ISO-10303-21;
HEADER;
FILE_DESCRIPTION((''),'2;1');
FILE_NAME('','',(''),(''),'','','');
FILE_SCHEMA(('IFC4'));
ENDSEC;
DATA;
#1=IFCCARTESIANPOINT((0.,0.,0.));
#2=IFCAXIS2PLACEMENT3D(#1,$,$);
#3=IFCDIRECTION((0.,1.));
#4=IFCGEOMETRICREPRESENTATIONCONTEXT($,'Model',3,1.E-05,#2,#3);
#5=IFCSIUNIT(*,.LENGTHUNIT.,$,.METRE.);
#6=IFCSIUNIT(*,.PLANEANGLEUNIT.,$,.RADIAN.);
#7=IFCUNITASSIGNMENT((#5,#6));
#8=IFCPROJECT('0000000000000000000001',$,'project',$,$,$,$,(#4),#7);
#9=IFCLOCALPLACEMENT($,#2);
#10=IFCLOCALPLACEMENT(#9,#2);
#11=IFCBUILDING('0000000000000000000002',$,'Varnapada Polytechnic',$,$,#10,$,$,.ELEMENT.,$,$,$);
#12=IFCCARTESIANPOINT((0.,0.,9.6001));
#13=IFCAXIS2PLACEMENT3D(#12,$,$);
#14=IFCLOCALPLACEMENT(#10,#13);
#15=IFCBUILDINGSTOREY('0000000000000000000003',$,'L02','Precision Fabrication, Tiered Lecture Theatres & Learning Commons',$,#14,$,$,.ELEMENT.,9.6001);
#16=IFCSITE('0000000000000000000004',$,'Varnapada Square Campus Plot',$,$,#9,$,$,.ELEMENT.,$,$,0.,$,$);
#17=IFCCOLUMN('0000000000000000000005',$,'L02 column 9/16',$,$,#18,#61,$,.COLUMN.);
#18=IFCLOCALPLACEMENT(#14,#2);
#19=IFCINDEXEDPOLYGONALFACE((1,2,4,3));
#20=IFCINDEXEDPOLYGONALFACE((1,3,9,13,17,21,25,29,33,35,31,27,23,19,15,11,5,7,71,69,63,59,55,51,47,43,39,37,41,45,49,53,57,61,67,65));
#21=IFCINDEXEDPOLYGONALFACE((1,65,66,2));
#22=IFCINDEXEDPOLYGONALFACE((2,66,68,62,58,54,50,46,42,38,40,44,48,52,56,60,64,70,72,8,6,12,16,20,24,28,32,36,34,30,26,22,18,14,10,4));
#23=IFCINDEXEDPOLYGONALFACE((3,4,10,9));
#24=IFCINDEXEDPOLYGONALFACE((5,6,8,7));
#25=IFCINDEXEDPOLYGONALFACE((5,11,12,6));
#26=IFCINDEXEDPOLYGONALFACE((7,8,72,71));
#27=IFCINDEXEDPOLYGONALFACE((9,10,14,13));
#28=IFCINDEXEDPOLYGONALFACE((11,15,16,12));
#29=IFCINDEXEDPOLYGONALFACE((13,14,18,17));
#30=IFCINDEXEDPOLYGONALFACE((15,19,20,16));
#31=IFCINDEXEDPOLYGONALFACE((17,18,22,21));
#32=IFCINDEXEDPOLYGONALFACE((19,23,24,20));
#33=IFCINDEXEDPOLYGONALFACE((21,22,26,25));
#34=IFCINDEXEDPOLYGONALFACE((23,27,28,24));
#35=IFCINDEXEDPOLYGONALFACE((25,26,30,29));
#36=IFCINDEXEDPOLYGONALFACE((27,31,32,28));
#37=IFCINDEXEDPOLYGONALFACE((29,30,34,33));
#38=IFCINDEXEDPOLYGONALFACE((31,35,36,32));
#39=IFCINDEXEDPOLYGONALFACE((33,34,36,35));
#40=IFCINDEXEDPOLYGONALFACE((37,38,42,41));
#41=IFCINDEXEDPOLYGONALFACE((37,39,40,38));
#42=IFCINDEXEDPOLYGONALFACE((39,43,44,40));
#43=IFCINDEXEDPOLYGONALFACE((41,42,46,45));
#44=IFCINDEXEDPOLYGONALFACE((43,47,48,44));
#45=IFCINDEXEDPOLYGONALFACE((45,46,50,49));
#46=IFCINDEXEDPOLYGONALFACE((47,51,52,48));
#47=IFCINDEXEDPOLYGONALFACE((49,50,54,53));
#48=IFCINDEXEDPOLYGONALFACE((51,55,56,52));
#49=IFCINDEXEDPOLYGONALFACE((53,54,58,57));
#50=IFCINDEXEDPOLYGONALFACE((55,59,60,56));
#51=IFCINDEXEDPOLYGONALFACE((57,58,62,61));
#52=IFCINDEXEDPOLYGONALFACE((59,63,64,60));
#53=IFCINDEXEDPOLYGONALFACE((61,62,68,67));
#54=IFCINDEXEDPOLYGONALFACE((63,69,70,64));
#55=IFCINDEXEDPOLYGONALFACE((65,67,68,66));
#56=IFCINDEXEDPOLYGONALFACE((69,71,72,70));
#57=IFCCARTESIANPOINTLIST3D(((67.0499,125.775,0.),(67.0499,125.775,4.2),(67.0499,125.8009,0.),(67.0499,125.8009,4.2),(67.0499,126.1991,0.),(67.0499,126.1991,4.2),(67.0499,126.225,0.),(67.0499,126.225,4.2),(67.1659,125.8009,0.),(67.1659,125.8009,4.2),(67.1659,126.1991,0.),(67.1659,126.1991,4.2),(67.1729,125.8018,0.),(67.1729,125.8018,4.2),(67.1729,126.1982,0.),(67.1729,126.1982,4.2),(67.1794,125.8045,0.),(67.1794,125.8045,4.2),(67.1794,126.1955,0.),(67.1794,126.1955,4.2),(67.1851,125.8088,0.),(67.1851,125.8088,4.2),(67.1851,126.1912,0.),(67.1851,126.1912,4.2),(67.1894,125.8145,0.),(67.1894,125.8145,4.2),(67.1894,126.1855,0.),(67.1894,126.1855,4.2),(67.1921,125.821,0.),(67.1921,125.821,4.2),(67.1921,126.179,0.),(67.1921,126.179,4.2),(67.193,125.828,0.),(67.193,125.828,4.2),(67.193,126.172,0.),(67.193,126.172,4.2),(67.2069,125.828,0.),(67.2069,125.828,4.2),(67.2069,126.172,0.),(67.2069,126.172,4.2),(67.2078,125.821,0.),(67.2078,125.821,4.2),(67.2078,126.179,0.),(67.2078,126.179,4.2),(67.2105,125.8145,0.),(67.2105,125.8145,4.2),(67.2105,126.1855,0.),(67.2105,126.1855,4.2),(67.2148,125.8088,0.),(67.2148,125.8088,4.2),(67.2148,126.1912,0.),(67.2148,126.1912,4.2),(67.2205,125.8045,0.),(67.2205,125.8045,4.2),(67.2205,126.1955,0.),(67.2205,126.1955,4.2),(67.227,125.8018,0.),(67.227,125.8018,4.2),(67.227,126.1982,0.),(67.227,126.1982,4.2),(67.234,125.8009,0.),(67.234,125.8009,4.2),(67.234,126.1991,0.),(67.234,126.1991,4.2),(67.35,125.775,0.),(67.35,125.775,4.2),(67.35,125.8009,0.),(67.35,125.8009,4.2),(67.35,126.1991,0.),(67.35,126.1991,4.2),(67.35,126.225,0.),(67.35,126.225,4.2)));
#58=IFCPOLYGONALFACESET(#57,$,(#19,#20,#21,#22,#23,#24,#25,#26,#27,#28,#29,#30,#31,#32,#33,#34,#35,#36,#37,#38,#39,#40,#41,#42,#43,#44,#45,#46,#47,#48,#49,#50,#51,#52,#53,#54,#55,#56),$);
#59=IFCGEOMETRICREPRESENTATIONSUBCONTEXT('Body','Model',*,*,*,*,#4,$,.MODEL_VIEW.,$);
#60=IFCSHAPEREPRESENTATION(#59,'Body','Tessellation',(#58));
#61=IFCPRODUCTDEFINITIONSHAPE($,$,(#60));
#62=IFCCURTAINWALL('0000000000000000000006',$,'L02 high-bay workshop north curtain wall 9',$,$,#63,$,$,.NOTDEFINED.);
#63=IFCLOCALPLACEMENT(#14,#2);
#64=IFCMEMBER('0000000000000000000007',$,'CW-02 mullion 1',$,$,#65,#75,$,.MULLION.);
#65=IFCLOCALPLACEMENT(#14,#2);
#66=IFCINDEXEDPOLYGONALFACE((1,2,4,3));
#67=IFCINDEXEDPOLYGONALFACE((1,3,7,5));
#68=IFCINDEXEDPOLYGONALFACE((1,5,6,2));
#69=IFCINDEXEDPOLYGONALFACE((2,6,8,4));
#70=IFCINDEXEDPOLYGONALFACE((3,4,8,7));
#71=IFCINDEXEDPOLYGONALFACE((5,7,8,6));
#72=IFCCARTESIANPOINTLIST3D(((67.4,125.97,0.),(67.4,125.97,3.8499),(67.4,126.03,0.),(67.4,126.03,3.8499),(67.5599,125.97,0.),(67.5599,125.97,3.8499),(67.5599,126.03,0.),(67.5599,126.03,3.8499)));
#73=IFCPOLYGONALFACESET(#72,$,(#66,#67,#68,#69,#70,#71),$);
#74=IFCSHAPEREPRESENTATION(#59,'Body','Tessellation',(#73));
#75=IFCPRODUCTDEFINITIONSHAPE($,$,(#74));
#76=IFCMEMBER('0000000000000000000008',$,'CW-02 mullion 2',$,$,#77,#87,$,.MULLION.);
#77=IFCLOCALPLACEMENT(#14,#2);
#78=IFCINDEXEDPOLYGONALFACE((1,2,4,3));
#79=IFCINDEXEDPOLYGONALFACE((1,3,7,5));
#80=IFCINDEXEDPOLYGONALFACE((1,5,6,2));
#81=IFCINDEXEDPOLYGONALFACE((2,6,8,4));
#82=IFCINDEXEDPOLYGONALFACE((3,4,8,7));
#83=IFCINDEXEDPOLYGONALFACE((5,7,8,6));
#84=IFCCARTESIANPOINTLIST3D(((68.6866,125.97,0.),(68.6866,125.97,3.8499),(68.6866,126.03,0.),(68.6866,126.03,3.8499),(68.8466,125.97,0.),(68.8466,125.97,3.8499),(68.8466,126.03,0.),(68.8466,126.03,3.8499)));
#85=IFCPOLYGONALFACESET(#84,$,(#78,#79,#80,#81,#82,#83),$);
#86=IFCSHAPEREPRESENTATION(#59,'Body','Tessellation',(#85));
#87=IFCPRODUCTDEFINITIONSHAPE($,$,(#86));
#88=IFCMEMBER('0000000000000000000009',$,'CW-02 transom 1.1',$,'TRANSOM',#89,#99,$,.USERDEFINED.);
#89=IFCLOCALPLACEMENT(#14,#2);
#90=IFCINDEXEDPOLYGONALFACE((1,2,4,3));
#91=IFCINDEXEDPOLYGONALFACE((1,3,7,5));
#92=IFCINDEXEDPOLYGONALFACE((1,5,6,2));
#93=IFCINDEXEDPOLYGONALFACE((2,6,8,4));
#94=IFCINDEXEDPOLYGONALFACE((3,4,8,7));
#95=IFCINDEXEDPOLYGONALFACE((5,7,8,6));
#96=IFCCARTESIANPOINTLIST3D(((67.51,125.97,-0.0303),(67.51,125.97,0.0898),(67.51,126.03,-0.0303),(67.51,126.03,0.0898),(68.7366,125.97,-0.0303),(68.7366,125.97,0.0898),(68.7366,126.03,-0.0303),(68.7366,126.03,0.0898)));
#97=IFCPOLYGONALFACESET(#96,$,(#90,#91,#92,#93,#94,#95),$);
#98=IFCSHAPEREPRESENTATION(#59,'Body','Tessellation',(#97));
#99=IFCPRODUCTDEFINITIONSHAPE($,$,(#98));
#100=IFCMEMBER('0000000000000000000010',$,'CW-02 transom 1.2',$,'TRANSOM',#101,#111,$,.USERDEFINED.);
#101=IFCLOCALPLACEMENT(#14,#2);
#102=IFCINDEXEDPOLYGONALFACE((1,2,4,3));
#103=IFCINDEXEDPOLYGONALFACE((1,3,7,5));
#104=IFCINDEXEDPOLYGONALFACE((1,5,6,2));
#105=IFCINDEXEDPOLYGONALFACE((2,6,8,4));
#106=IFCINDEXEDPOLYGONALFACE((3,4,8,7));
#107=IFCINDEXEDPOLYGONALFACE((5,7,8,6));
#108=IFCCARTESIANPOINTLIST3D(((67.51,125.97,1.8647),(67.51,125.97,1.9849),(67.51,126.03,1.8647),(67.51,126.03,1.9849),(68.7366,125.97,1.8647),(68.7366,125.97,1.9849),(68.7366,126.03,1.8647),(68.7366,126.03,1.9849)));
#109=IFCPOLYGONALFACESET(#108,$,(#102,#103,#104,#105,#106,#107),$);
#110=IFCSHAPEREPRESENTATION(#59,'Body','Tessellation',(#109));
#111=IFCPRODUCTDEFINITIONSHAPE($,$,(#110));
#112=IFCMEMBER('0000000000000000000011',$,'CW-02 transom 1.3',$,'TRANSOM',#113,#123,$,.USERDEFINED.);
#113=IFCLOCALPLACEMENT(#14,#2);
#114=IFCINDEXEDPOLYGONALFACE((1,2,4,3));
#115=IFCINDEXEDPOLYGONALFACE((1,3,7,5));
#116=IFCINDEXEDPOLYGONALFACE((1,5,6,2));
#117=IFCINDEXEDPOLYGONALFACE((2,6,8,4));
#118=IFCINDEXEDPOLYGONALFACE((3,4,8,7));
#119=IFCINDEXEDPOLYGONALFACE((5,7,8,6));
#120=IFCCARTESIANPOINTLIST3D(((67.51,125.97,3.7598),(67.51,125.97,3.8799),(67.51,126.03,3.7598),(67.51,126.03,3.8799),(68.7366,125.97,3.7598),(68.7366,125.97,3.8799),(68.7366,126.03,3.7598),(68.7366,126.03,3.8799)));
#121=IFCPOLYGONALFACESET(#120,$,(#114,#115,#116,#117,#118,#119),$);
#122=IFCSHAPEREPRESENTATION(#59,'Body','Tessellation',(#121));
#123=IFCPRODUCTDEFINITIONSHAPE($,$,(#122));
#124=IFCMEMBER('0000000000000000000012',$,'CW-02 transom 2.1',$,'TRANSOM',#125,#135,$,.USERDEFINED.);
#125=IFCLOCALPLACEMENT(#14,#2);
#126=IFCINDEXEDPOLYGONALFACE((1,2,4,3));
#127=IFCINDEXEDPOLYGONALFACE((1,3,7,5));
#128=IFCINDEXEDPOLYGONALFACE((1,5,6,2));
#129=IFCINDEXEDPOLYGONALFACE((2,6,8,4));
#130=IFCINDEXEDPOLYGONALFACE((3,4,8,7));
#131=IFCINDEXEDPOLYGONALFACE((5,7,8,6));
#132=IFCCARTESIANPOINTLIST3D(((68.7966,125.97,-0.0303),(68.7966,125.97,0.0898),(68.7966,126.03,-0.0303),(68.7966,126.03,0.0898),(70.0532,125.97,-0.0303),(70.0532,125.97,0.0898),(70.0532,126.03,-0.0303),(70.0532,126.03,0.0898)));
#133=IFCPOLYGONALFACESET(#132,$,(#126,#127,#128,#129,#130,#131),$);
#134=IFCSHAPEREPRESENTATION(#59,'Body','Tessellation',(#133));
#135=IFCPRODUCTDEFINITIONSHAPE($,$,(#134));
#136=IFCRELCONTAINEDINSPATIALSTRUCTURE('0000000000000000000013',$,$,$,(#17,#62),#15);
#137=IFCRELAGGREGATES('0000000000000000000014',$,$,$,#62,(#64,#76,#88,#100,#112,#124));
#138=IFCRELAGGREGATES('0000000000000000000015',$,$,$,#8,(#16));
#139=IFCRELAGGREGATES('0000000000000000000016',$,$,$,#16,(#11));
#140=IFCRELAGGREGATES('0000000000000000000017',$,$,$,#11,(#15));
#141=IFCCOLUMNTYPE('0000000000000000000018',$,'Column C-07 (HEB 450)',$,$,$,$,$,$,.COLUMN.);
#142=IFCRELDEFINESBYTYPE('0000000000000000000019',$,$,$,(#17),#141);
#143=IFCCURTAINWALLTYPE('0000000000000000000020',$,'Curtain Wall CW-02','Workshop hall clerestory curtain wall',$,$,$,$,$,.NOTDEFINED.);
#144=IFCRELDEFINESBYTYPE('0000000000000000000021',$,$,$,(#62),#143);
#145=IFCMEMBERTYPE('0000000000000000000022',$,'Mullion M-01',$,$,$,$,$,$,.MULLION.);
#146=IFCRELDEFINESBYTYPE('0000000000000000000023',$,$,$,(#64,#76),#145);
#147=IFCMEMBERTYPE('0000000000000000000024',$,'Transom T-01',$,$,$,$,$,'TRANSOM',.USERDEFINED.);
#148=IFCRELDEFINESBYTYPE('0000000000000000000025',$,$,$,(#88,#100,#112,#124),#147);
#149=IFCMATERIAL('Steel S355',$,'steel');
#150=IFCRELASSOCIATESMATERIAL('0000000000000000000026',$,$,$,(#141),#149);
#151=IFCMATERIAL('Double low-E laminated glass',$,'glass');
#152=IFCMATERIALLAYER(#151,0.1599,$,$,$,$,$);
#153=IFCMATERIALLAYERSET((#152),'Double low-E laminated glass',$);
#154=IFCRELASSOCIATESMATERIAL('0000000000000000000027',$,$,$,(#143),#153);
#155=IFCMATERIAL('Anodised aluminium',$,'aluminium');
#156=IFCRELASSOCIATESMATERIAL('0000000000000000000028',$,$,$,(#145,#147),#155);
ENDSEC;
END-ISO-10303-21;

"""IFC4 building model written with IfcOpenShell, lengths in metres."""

from ifc_helpers import new_model, si_unit, direction, frame, origin, origin_2d, place, context, subcontext, project, spatial, rectangle, i_section, extrude, material, layer, layer_set, material_profile, profile_set, type_object, element, aggregate, save


model = new_model("IFC4")

# Units and contexts
model_context = context("Model", 3, precision=1e-05, world=origin(), true_north=direction((0.0, 1.0)))
body_context = subcontext(model_context, "Body", "Model", "MODEL_VIEW")
ifc_project = project(units=[si_unit("LENGTHUNIT", "METRE"), si_unit("PLANEANGLEUNIT", "RADIAN")], contexts=[model_context])

# Site, building, storey
site_placement = place(None, origin())
site = spatial("IfcSite", under=ifc_project, at=site_placement, Name="Varnapada Square Campus Plot", CompositionType="ELEMENT", RefElevation=0.0)
building_placement = place(site_placement, origin())
building = spatial("IfcBuilding", under=site, at=building_placement, Name="Varnapada Polytechnic", CompositionType="ELEMENT")
storey_placement = place(building_placement, frame((0.0, 0.0, 9.6001)))
storey = spatial("IfcBuildingStorey", under=building, at=storey_placement, Name="L02", Description="Precision Fabrication, Tiered Lecture Theatres & Learning Commons", CompositionType="ELEMENT", Elevation=9.6001)

# Column
ifc_material_1 = material(Name="Steel S355", Category="steel")
ifc_material_profile_1 = material_profile(ifc_material_1, i_section(OverallWidth=0.3, OverallDepth=0.45, WebThickness=0.0139, FlangeThickness=0.0259, FilletRadius=0.0271, at=origin_2d()), Name="HEB 450")
ifc_profile_set_1 = profile_set([ifc_material_profile_1], Name="Steel S355")
column_type = type_object("IfcColumnType", Name="Column C-07 (HEB 450)", PredefinedType="COLUMN", material=ifc_profile_set_1)
column_placement = place(storey_placement, frame((67.2, 126.0, 0.0), z_axis=(0.0, 0.0, 1.0), x_axis=(1.0, 0.0, 0.0)))
element("IfcColumn", 1, at=column_placement, inside=storey, type_object=column_type, Name="L02 column 9/16", PredefinedType="COLUMN", context=body_context, shape_type="SweptSolid", body=[
    extrude(i_section(OverallWidth=0.3, OverallDepth=0.45, WebThickness=0.0139, FlangeThickness=0.0259, FilletRadius=0.0271, at=origin_2d()), origin(), (0.0, 0.0, 1.0), 4.2),
])

# Curtain wall, members
ifc_material_2 = material(Name="Double low-E laminated glass", Category="glass")
ifc_layer_1 = layer(ifc_material_2, 0.1599)
ifc_layer_set_1 = layer_set([ifc_layer_1], Name="Double low-E laminated glass")
curtain_wall_type = type_object("IfcCurtainWallType", Name="Curtain Wall CW-02", Description="Workshop hall clerestory curtain wall", PredefinedType="NOTDEFINED", material=ifc_layer_set_1)
curtain_wall_placement = place(storey_placement, origin())
curtain_wall = element("IfcCurtainWall", 2, at=curtain_wall_placement, inside=storey, type_object=curtain_wall_type, Name="L02 high-bay workshop north curtain wall 9", PredefinedType="NOTDEFINED")
ifc_material_3 = material(Name="Anodised aluminium", Category="aluminium")
ifc_material_profile_2 = material_profile(ifc_material_3, rectangle(XDim=0.0601, YDim=0.1599, at=origin_2d()), Name="ALU M60x160")
ifc_profile_set_2 = profile_set([ifc_material_profile_2], Name="Anodised aluminium")
member_type_1 = type_object("IfcMemberType", Name="Mullion M-01", PredefinedType="MULLION", material=ifc_profile_set_2)
member_1_placement = place(storey_placement, frame((67.48, 126.0, 0.0), z_axis=(0.0, 0.0, 1.0), x_axis=(0.0, 1.0, 0.0)))
member_1 = element("IfcMember", 3, at=member_1_placement, type_object=member_type_1, Name="CW-02 mullion 1", PredefinedType="MULLION", context=body_context, shape_type="SweptSolid", body=[
    extrude(rectangle(XDim=0.0601, YDim=0.1599, at=origin_2d()), origin(), (0.0, 0.0, 1.0), 3.8499),
])
member_2_placement = place(storey_placement, frame((68.7666, 126.0, 0.0), z_axis=(0.0, 0.0, 1.0), x_axis=(0.0, 1.0, 0.0)))
member_2 = element("IfcMember", 4, at=member_2_placement, type_object=member_type_1, Name="CW-02 mullion 2", PredefinedType="MULLION", context=body_context, shape_type="SweptSolid", body=[
    extrude(rectangle(XDim=0.0601, YDim=0.1599, at=origin_2d()), origin(), (0.0, 0.0, 1.0), 3.8499),
])
ifc_material_profile_3 = material_profile(ifc_material_3, rectangle(XDim=0.0601, YDim=0.1201, at=origin_2d()), Name="ALU T60x120")
ifc_profile_set_3 = profile_set([ifc_material_profile_3], Name="Anodised aluminium")
member_type_2 = type_object("IfcMemberType", Name="Transom T-01", ElementType="TRANSOM", PredefinedType="USERDEFINED", material=ifc_profile_set_3)
member_3_placement = place(storey_placement, frame((67.51, 126.0, 0.0298), z_axis=(1.0, 0.0, 0.0), x_axis=(0.0, 1.0, 0.0)))
member_3 = element("IfcMember", 5, at=member_3_placement, type_object=member_type_2, Name="CW-02 transom 1.1", ObjectType="TRANSOM", PredefinedType="USERDEFINED", context=body_context, shape_type="SweptSolid", body=[
    extrude(rectangle(XDim=0.0601, YDim=0.1201, at=origin_2d()), origin(), (0.0, 0.0, 1.0), 1.2266),
])
member_4_placement = place(storey_placement, frame((67.51, 126.0, 1.9248), z_axis=(1.0, 0.0, 0.0), x_axis=(0.0, 1.0, 0.0)))
member_4 = element("IfcMember", 6, at=member_4_placement, type_object=member_type_2, Name="CW-02 transom 1.2", ObjectType="TRANSOM", PredefinedType="USERDEFINED", context=body_context, shape_type="SweptSolid", body=[
    extrude(rectangle(XDim=0.0601, YDim=0.1201, at=origin_2d()), origin(), (0.0, 0.0, 1.0), 1.2266),
])
member_5_placement = place(storey_placement, frame((67.51, 126.0, 3.8198), z_axis=(1.0, 0.0, 0.0), x_axis=(0.0, 1.0, 0.0)))
member_5 = element("IfcMember", 7, at=member_5_placement, type_object=member_type_2, Name="CW-02 transom 1.3", ObjectType="TRANSOM", PredefinedType="USERDEFINED", context=body_context, shape_type="SweptSolid", body=[
    extrude(rectangle(XDim=0.0601, YDim=0.1201, at=origin_2d()), origin(), (0.0, 0.0, 1.0), 1.2266),
])
member_6_placement = place(storey_placement, frame((68.7966, 126.0, 0.0298), z_axis=(1.0, 0.0, 0.0), x_axis=(0.0, 1.0, 0.0)))
member_6 = element("IfcMember", 8, at=member_6_placement, type_object=member_type_2, Name="CW-02 transom 2.1", ObjectType="TRANSOM", PredefinedType="USERDEFINED", context=body_context, shape_type="SweptSolid", body=[
    extrude(rectangle(XDim=0.0601, YDim=0.1201, at=origin_2d()), origin(), (0.0, 0.0, 1.0), 1.2566),
])

aggregate(curtain_wall, [member_1, member_2, member_3, member_4, member_5, member_6])

save(model, "model.ifc")
